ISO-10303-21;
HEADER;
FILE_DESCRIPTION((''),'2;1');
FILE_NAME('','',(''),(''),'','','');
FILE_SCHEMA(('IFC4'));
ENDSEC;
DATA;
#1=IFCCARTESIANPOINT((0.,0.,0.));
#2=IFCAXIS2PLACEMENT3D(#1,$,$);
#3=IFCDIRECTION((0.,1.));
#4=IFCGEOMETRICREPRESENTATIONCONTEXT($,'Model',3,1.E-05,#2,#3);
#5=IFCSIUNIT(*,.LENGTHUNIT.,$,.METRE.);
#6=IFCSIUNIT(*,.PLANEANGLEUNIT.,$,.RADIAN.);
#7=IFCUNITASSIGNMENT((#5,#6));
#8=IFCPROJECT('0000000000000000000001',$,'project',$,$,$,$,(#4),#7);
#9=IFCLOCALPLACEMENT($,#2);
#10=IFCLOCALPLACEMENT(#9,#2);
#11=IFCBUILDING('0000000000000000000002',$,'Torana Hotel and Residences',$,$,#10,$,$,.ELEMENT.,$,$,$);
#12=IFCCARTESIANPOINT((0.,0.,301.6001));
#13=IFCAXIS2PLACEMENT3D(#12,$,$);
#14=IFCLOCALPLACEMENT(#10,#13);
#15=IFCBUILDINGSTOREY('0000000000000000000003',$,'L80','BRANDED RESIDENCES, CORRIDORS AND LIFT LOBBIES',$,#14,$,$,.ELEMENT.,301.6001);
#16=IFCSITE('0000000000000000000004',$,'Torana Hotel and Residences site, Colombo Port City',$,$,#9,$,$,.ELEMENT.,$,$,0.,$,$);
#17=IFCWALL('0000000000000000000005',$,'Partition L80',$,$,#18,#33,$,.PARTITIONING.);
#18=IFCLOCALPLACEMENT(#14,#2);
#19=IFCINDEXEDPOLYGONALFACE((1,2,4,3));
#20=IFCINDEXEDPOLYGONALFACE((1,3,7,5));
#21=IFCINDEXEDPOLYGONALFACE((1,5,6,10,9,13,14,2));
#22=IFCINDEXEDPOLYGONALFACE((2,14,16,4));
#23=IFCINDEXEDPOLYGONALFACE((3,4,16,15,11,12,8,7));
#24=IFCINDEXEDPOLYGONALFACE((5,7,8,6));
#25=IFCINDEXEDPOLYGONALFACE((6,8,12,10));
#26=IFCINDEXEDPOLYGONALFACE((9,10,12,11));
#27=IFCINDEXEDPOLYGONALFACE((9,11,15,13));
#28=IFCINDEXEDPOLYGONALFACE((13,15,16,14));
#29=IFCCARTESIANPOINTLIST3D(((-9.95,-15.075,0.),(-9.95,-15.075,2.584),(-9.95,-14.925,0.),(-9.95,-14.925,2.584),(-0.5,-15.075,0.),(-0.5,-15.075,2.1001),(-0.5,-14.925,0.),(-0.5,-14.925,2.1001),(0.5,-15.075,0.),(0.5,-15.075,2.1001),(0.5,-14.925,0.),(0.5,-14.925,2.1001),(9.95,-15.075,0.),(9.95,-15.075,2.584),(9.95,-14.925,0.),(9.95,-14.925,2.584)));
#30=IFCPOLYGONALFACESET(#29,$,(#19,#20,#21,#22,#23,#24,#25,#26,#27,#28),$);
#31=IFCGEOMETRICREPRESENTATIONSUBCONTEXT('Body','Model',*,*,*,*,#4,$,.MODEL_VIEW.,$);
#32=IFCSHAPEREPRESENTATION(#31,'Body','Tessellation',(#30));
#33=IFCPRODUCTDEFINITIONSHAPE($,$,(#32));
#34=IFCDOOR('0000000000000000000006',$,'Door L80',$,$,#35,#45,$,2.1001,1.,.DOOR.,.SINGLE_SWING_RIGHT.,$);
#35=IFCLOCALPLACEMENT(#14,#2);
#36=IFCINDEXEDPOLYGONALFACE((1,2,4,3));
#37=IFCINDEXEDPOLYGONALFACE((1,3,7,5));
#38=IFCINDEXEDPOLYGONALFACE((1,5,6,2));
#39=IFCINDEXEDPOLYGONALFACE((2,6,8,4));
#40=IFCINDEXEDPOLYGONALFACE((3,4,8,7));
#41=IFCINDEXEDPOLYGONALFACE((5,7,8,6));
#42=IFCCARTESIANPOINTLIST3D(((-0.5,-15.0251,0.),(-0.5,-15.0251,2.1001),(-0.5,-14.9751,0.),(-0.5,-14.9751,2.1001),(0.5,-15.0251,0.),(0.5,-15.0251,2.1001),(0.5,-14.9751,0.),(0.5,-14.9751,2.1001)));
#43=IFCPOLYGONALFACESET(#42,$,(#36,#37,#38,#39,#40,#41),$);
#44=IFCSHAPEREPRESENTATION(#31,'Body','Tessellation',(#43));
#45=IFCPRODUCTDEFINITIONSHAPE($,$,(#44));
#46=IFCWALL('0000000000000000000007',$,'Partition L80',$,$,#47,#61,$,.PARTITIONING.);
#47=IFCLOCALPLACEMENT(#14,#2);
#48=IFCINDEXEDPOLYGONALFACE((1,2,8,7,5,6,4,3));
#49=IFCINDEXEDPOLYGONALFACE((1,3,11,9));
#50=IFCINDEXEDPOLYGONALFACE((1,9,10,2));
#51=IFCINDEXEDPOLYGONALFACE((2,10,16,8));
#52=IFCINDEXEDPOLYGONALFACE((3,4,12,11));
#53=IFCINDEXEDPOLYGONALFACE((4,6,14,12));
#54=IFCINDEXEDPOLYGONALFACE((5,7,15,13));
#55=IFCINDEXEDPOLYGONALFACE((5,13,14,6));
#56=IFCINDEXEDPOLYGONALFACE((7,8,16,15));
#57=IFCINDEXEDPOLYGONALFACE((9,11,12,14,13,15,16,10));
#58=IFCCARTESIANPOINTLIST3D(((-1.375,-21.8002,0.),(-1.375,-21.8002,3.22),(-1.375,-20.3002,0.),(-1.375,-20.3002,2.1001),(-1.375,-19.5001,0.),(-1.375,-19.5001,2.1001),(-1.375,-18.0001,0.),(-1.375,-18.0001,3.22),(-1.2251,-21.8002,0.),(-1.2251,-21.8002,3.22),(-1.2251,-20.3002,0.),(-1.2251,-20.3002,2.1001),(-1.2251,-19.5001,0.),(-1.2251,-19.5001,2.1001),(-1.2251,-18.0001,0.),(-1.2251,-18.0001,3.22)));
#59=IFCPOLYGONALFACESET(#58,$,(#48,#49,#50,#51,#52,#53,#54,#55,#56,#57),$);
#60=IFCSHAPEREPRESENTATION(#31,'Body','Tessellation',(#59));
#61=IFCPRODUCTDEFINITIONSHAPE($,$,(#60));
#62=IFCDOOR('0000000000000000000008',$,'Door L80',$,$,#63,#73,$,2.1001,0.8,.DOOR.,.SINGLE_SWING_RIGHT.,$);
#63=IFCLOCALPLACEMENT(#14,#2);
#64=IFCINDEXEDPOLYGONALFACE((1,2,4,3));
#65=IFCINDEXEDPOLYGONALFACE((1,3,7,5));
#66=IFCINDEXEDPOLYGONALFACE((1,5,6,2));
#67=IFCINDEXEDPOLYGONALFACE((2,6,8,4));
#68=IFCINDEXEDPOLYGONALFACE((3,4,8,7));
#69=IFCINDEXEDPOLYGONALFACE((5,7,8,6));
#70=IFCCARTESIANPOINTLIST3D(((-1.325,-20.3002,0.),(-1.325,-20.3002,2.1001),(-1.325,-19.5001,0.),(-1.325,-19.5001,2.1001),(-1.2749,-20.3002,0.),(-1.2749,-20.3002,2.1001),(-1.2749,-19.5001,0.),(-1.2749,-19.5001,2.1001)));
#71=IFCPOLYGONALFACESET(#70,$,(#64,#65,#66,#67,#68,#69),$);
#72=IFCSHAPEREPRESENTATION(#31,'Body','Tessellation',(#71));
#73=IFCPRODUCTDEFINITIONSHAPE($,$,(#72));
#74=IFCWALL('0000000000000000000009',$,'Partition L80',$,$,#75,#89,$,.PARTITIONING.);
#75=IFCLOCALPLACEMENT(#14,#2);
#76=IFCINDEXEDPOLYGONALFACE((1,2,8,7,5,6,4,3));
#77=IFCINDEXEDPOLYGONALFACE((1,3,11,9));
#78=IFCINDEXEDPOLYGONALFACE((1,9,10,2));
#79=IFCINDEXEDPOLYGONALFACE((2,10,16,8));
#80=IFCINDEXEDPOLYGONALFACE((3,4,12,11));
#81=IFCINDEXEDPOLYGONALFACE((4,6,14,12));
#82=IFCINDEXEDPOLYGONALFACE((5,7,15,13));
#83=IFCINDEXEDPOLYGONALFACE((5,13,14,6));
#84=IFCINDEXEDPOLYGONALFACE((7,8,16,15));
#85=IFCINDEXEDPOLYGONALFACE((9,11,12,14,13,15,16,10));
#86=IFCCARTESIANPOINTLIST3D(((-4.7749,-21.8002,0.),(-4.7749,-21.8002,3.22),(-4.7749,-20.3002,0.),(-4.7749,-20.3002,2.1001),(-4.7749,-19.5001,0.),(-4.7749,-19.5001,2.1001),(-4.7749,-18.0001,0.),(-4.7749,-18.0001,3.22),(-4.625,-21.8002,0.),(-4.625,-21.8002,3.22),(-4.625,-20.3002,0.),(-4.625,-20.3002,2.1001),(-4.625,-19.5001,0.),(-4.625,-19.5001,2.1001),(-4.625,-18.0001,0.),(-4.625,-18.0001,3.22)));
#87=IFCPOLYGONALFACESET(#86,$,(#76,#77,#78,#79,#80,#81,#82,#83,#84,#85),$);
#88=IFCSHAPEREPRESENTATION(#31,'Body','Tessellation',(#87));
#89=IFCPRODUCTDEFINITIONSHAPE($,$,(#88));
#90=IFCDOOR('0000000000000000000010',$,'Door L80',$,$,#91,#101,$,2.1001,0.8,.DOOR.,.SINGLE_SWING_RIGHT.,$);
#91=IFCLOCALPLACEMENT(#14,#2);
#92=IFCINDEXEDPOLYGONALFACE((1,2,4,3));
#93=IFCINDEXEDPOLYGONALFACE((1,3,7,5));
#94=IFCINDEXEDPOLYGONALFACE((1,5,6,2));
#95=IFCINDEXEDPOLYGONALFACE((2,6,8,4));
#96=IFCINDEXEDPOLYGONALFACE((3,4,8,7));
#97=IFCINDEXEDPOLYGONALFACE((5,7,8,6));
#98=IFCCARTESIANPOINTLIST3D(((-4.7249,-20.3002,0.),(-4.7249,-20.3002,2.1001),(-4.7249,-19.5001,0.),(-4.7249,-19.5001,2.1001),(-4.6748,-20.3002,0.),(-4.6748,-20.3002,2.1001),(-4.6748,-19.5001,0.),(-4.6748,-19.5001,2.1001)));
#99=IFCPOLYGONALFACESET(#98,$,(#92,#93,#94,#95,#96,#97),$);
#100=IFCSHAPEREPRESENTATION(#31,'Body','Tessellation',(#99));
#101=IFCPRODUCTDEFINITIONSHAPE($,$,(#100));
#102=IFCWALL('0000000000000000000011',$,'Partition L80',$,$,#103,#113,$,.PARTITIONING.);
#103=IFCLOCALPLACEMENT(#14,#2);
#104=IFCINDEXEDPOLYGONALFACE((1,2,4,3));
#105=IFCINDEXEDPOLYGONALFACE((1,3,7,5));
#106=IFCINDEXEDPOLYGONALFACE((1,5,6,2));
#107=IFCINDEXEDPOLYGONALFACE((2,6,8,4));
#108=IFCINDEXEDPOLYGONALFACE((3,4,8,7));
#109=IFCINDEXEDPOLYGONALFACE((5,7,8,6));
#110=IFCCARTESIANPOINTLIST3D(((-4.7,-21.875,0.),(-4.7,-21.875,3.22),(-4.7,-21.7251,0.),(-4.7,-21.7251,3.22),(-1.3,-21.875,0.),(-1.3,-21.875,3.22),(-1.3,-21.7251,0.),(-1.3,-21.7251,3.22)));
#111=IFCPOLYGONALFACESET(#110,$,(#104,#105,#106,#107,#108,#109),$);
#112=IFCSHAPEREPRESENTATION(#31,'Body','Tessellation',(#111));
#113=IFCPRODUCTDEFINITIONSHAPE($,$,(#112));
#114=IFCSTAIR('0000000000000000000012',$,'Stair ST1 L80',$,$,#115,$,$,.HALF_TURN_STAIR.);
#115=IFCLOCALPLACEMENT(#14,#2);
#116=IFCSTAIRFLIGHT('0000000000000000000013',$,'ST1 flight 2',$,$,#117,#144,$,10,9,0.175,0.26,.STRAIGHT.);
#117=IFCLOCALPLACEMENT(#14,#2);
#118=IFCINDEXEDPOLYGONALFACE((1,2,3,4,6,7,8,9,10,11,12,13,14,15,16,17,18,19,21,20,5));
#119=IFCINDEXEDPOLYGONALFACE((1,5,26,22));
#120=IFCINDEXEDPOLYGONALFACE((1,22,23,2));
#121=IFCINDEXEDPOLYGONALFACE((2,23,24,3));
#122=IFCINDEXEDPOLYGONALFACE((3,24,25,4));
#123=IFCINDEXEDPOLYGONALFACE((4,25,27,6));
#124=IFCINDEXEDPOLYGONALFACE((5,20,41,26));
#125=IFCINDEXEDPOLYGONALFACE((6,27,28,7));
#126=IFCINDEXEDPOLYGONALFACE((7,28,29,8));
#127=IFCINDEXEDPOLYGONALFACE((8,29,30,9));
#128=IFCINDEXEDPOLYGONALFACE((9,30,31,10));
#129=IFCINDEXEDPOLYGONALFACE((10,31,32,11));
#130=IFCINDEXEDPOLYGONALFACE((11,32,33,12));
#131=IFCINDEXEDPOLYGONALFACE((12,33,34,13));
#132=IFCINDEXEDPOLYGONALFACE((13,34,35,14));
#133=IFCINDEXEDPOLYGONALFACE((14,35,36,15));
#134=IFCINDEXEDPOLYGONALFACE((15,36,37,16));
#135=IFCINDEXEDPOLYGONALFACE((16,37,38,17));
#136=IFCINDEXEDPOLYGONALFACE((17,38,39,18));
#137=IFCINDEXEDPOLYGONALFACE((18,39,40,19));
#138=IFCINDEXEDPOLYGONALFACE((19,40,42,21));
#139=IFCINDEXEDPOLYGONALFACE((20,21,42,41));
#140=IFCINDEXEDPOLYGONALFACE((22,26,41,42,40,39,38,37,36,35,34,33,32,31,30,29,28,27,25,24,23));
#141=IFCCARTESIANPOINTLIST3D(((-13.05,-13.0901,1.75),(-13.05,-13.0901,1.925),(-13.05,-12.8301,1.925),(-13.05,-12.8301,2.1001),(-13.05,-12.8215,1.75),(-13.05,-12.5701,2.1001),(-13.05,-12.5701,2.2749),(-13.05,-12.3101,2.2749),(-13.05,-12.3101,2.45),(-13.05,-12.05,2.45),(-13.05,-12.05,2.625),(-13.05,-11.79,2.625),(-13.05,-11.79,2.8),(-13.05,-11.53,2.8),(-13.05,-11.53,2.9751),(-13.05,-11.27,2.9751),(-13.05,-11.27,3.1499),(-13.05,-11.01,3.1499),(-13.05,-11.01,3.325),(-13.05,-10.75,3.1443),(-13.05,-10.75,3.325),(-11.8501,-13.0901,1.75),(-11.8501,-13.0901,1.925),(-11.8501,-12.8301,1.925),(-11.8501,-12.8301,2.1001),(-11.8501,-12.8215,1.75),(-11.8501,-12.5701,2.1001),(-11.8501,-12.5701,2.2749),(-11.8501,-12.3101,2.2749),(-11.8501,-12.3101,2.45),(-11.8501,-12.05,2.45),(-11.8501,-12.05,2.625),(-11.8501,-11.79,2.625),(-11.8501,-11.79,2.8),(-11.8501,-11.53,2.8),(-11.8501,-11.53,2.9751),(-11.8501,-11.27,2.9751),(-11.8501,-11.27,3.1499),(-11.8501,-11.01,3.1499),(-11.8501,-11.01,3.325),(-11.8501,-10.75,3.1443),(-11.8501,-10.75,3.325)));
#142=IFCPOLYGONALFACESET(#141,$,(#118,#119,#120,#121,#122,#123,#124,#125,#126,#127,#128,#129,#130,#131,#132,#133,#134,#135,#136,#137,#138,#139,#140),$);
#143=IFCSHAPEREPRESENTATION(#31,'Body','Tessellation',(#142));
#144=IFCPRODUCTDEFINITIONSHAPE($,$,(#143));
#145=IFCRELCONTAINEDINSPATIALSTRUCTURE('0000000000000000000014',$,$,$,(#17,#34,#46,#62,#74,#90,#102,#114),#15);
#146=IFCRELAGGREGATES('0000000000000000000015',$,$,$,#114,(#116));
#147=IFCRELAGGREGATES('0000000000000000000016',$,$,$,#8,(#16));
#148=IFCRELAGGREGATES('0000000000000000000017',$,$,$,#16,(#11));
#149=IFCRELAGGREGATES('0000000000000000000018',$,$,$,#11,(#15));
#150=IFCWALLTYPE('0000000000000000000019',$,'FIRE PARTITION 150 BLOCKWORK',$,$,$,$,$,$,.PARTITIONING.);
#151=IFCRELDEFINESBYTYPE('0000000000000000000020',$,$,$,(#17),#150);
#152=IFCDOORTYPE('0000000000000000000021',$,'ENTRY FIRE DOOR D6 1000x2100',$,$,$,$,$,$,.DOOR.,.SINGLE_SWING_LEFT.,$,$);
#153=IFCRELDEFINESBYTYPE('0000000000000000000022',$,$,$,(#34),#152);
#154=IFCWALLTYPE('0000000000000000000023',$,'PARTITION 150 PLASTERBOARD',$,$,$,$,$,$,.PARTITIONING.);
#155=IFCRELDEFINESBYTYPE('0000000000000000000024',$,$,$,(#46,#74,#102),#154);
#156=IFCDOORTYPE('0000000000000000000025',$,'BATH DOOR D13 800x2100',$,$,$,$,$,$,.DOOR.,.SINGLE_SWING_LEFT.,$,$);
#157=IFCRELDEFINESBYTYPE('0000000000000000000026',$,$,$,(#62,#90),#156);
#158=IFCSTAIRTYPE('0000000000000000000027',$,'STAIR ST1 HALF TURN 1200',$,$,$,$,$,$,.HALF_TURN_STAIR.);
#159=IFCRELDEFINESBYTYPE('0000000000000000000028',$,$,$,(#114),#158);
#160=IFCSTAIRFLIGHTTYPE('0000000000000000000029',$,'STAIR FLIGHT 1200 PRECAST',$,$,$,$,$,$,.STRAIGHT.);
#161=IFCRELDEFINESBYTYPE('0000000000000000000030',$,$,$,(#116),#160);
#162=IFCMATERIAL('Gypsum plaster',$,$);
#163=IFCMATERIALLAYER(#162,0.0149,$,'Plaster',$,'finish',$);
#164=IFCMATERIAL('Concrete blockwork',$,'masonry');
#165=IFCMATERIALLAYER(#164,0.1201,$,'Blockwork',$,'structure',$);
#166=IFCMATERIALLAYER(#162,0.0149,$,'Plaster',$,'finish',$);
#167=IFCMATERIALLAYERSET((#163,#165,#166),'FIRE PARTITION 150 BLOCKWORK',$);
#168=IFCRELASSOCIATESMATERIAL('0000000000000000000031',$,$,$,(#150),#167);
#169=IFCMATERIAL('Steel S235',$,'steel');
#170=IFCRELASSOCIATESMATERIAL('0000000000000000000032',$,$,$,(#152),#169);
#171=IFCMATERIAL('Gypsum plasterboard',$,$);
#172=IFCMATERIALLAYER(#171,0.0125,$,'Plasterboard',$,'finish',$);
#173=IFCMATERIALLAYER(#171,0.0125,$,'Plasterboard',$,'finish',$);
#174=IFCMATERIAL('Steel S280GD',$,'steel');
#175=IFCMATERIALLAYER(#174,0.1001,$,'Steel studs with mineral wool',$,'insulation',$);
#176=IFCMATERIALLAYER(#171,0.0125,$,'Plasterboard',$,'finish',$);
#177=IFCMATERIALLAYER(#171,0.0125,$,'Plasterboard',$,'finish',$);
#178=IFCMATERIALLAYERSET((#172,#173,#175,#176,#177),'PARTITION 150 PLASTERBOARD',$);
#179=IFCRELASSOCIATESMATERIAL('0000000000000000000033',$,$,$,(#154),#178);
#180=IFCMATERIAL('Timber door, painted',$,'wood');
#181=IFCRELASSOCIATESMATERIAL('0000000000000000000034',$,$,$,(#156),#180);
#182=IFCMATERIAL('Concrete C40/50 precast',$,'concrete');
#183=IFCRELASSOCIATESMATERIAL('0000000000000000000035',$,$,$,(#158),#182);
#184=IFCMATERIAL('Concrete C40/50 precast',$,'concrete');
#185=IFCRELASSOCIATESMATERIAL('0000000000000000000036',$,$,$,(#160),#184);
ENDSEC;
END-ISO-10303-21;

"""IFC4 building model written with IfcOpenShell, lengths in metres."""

from ifc_helpers import new_model, si_unit, direction, frame, frame_2d, origin, place, context, subcontext, project, spatial, polyline, rectangle, outline, extrude, material, layer, layer_set, type_object, element, fill, aggregate, save


model = new_model("IFC4")

# Units and contexts
model_context = context("Model", 3, precision=1e-05, world=origin(), true_north=direction((0.0, 1.0)))
body_context = subcontext(model_context, "Body", "Model", "MODEL_VIEW")
ifc_project = project(units=[si_unit("LENGTHUNIT", "METRE"), si_unit("PLANEANGLEUNIT", "RADIAN")], contexts=[model_context])

# Site, building, storey
site_placement = place(None, origin())
site = spatial("IfcSite", under=ifc_project, at=site_placement, Name="Torana Hotel and Residences site, Colombo Port City", CompositionType="ELEMENT", RefElevation=0.0)
building_placement = place(site_placement, origin())
building = spatial("IfcBuilding", under=site, at=building_placement, Name="Torana Hotel and Residences", CompositionType="ELEMENT")
storey_placement = place(building_placement, frame((0.0, 0.0, 301.6001)))
storey = spatial("IfcBuildingStorey", under=building, at=storey_placement, Name="L80", Description="BRANDED RESIDENCES, CORRIDORS AND LIFT LOBBIES", CompositionType="ELEMENT", Elevation=301.6001)

# Walls, openings, doors
ifc_material_1 = material(Name="Gypsum plaster")
ifc_layer_1 = layer(ifc_material_1, 0.0149, Name="Plaster", Category="finish")
ifc_material_2 = material(Name="Concrete blockwork", Category="masonry")
ifc_layer_2 = layer(ifc_material_2, 0.1201, Name="Blockwork", Category="structure")
ifc_layer_3 = layer(ifc_material_1, 0.0149, Name="Plaster", Category="finish")
ifc_layer_set_1 = layer_set([ifc_layer_1, ifc_layer_2, ifc_layer_3], Name="FIRE PARTITION 150 BLOCKWORK")
wall_type_1 = type_object("IfcWallType", Name="FIRE PARTITION 150 BLOCKWORK", PredefinedType="PARTITIONING", material=ifc_layer_set_1)
wall_1_placement = place(storey_placement, frame((-9.95, -15.0, 0.0), z_axis=(0.0, 0.0, 1.0), x_axis=(1.0, 0.0, 0.0)))
wall_1 = element("IfcWall", 1, at=wall_1_placement, inside=storey, type_object=wall_type_1, Name="Partition L80", PredefinedType="PARTITIONING", context=body_context, shape_type="SweptSolid", body=[
    extrude(rectangle(XDim=19.8999, YDim=0.1499, at=frame_2d((9.95, 0.0))), origin(), (0.0, 0.0, 1.0), 2.584),
])
opening_1_placement = place(wall_1_placement, frame((9.45, 0.0, 0.0)))
opening_1 = element("IfcOpeningElement", 2, at=opening_1_placement, cuts=wall_1, PredefinedType="OPENING", context=body_context, shape_type="SweptSolid", body=[
    extrude(rectangle(XDim=1.0, YDim=2.1001, at=frame_2d((0.5, 1.05))), frame((0.0, 0.085, 0.0), z_axis=(0.0, -1.0, 0.0), x_axis=(1.0, 0.0, 0.0)), (0.0, 0.0, 1.0), 0.1699),
])
ifc_material_3 = material(Name="Steel S235", Category="steel")
door_type_1 = type_object("IfcDoorType", Name="ENTRY FIRE DOOR D6 1000x2100", OperationType="SINGLE_SWING_LEFT", PredefinedType="DOOR", material=ifc_material_3)
door_1_placement = place(opening_1_placement, origin())
door_1 = element("IfcDoor", 3, at=door_1_placement, inside=storey, type_object=door_type_1, Name="Door L80", OperationType="SINGLE_SWING_RIGHT", OverallHeight=2.1001, OverallWidth=1.0, PredefinedType="DOOR", context=body_context, shape_type="SweptSolid", body=[
    extrude(rectangle(XDim=1.0, YDim=2.1001, at=frame_2d((0.5, 1.05))), frame((0.0, 0.0249, 0.0), z_axis=(0.0, -1.0, 0.0), x_axis=(1.0, 0.0, 0.0)), (0.0, 0.0, 1.0), 0.05),
])
fill(opening_1, door_1)
ifc_material_4 = material(Name="Gypsum plasterboard")
ifc_layer_4 = layer(ifc_material_4, 0.0125, Name="Plasterboard", Category="finish")
ifc_layer_5 = layer(ifc_material_4, 0.0125, Name="Plasterboard", Category="finish")
ifc_material_5 = material(Name="Steel S280GD", Category="steel")
ifc_layer_6 = layer(ifc_material_5, 0.1001, Name="Steel studs with mineral wool", Category="insulation")
ifc_layer_7 = layer(ifc_material_4, 0.0125, Name="Plasterboard", Category="finish")
ifc_layer_8 = layer(ifc_material_4, 0.0125, Name="Plasterboard", Category="finish")
ifc_layer_set_2 = layer_set([ifc_layer_4, ifc_layer_5, ifc_layer_6, ifc_layer_7, ifc_layer_8], Name="PARTITION 150 PLASTERBOARD")
wall_type_2 = type_object("IfcWallType", Name="PARTITION 150 PLASTERBOARD", PredefinedType="PARTITIONING", material=ifc_layer_set_2)
wall_2_placement = place(storey_placement, frame((-1.3, -21.8, 0.0), z_axis=(0.0, 0.0, 1.0), x_axis=(0.0, 1.0, 0.0)))
wall_2 = element("IfcWall", 4, at=wall_2_placement, inside=storey, type_object=wall_type_2, Name="Partition L80", PredefinedType="PARTITIONING", context=body_context, shape_type="SweptSolid", body=[
    extrude(rectangle(XDim=3.8, YDim=0.1499, at=frame_2d((1.8999, 0.0))), origin(), (0.0, 0.0, 1.0), 3.22),
])
opening_2_placement = place(wall_2_placement, frame((1.5, 0.0, 0.0)))
opening_2 = element("IfcOpeningElement", 5, at=opening_2_placement, cuts=wall_2, PredefinedType="OPENING", context=body_context, shape_type="SweptSolid", body=[
    extrude(rectangle(XDim=0.8, YDim=2.1001, at=frame_2d((0.3999, 1.05))), frame((0.0, 0.085, 0.0), z_axis=(0.0, -1.0, 0.0), x_axis=(1.0, 0.0, 0.0)), (0.0, 0.0, 1.0), 0.1699),
])
ifc_material_6 = material(Name="Timber door, painted", Category="wood")
door_type_2 = type_object("IfcDoorType", Name="BATH DOOR D13 800x2100", OperationType="SINGLE_SWING_LEFT", PredefinedType="DOOR", material=ifc_material_6)
door_2_placement = place(opening_2_placement, origin())
door_2 = element("IfcDoor", 6, at=door_2_placement, inside=storey, type_object=door_type_2, Name="Door L80", OperationType="SINGLE_SWING_RIGHT", OverallHeight=2.1001, OverallWidth=0.8, PredefinedType="DOOR", context=body_context, shape_type="SweptSolid", body=[
    extrude(rectangle(XDim=0.8, YDim=2.1001, at=frame_2d((0.3999, 1.05))), frame((0.0, 0.0249, 0.0), z_axis=(0.0, -1.0, 0.0), x_axis=(1.0, 0.0, 0.0)), (0.0, 0.0, 1.0), 0.05),
])
fill(opening_2, door_2)
wall_3_placement = place(storey_placement, frame((-4.7, -21.8, 0.0), z_axis=(0.0, 0.0, 1.0), x_axis=(0.0, 1.0, 0.0)))
wall_3 = element("IfcWall", 7, at=wall_3_placement, inside=storey, type_object=wall_type_2, Name="Partition L80", PredefinedType="PARTITIONING", context=body_context, shape_type="SweptSolid", body=[
    extrude(rectangle(XDim=3.8, YDim=0.1499, at=frame_2d((1.8999, 0.0))), origin(), (0.0, 0.0, 1.0), 3.22),
])
opening_3_placement = place(wall_3_placement, frame((1.5, 0.0, 0.0)))
opening_3 = element("IfcOpeningElement", 8, at=opening_3_placement, cuts=wall_3, PredefinedType="OPENING", context=body_context, shape_type="SweptSolid", body=[
    extrude(rectangle(XDim=0.8, YDim=2.1001, at=frame_2d((0.3999, 1.05))), frame((0.0, 0.085, 0.0), z_axis=(0.0, -1.0, 0.0), x_axis=(1.0, 0.0, 0.0)), (0.0, 0.0, 1.0), 0.1699),
])
door_3_placement = place(opening_3_placement, origin())
door_3 = element("IfcDoor", 9, at=door_3_placement, inside=storey, type_object=door_type_2, Name="Door L80", OperationType="SINGLE_SWING_RIGHT", OverallHeight=2.1001, OverallWidth=0.8, PredefinedType="DOOR", context=body_context, shape_type="SweptSolid", body=[
    extrude(rectangle(XDim=0.8, YDim=2.1001, at=frame_2d((0.3999, 1.05))), frame((0.0, 0.0249, 0.0), z_axis=(0.0, -1.0, 0.0), x_axis=(1.0, 0.0, 0.0)), (0.0, 0.0, 1.0), 0.05),
])
fill(opening_3, door_3)

# Wall
wall_4_placement = place(storey_placement, frame((-4.7, -21.8, 0.0), z_axis=(0.0, 0.0, 1.0), x_axis=(1.0, 0.0, 0.0)))
element("IfcWall", 10, at=wall_4_placement, inside=storey, type_object=wall_type_2, Name="Partition L80", PredefinedType="PARTITIONING", context=body_context, shape_type="SweptSolid", body=[
    extrude(rectangle(XDim=3.3999, YDim=0.1499, at=frame_2d((1.7, 0.0))), origin(), (0.0, 0.0, 1.0), 3.22),
])

# Stair, stair flight
ifc_material_7 = material(Name="Concrete C40/50 precast", Category="concrete")
stair_type = type_object("IfcStairType", Name="STAIR ST1 HALF TURN 1200", PredefinedType="HALF_TURN_STAIR", material=ifc_material_7)
stair_placement = place(storey_placement, origin())
stair = element("IfcStair", 11, at=stair_placement, inside=storey, type_object=stair_type, Name="Stair ST1 L80", PredefinedType="HALF_TURN_STAIR")
ifc_material_8 = material(Name="Concrete C40/50 precast", Category="concrete")
stair_flight_type = type_object("IfcStairFlightType", Name="STAIR FLIGHT 1200 PRECAST", PredefinedType="STRAIGHT", material=ifc_material_8)
stair_flight_placement = place(storey_placement, frame((-12.45, -13.0901, 1.75), z_axis=(0.0, 0.0, 1.0), x_axis=(0.0, 1.0, 0.0)))
stair_flight = element("IfcStairFlight", 12, at=stair_flight_placement, type_object=stair_flight_type, Name="ST1 flight 2", NumberOfRisers=10, NumberOfTreads=9, PredefinedType="STRAIGHT", RiserHeight=0.175, TreadLength=0.26, context=body_context, shape_type="SweptSolid", body=[
    extrude(outline(polyline([(0.0, 0.0), (0.0, 0.175), (0.26, 0.175), (0.26, 0.3501), (0.52, 0.3501), (0.52, 0.5249), (0.78, 0.5249), (0.78, 0.7), (1.04, 0.7), (1.04, 0.875), (1.3, 0.875), (1.3, 1.05), (1.5601, 1.05), (1.5601, 1.2251), (1.8201, 1.2251), (1.8201, 1.3999), (2.0801, 1.3999), (2.0801, 1.575), (2.3401, 1.575), (2.3401, 1.75), (2.3401, 1.3943), (0.2686, 0.0), (0.0, 0.0)])), frame((0.0, 0.6001, 0.0), z_axis=(0.0, -1.0, 0.0), x_axis=(1.0, 0.0, 0.0)), (0.0, 0.0, 1.0), 1.2),
])
aggregate(stair, [stair_flight])

save(model, "model.ifc")
